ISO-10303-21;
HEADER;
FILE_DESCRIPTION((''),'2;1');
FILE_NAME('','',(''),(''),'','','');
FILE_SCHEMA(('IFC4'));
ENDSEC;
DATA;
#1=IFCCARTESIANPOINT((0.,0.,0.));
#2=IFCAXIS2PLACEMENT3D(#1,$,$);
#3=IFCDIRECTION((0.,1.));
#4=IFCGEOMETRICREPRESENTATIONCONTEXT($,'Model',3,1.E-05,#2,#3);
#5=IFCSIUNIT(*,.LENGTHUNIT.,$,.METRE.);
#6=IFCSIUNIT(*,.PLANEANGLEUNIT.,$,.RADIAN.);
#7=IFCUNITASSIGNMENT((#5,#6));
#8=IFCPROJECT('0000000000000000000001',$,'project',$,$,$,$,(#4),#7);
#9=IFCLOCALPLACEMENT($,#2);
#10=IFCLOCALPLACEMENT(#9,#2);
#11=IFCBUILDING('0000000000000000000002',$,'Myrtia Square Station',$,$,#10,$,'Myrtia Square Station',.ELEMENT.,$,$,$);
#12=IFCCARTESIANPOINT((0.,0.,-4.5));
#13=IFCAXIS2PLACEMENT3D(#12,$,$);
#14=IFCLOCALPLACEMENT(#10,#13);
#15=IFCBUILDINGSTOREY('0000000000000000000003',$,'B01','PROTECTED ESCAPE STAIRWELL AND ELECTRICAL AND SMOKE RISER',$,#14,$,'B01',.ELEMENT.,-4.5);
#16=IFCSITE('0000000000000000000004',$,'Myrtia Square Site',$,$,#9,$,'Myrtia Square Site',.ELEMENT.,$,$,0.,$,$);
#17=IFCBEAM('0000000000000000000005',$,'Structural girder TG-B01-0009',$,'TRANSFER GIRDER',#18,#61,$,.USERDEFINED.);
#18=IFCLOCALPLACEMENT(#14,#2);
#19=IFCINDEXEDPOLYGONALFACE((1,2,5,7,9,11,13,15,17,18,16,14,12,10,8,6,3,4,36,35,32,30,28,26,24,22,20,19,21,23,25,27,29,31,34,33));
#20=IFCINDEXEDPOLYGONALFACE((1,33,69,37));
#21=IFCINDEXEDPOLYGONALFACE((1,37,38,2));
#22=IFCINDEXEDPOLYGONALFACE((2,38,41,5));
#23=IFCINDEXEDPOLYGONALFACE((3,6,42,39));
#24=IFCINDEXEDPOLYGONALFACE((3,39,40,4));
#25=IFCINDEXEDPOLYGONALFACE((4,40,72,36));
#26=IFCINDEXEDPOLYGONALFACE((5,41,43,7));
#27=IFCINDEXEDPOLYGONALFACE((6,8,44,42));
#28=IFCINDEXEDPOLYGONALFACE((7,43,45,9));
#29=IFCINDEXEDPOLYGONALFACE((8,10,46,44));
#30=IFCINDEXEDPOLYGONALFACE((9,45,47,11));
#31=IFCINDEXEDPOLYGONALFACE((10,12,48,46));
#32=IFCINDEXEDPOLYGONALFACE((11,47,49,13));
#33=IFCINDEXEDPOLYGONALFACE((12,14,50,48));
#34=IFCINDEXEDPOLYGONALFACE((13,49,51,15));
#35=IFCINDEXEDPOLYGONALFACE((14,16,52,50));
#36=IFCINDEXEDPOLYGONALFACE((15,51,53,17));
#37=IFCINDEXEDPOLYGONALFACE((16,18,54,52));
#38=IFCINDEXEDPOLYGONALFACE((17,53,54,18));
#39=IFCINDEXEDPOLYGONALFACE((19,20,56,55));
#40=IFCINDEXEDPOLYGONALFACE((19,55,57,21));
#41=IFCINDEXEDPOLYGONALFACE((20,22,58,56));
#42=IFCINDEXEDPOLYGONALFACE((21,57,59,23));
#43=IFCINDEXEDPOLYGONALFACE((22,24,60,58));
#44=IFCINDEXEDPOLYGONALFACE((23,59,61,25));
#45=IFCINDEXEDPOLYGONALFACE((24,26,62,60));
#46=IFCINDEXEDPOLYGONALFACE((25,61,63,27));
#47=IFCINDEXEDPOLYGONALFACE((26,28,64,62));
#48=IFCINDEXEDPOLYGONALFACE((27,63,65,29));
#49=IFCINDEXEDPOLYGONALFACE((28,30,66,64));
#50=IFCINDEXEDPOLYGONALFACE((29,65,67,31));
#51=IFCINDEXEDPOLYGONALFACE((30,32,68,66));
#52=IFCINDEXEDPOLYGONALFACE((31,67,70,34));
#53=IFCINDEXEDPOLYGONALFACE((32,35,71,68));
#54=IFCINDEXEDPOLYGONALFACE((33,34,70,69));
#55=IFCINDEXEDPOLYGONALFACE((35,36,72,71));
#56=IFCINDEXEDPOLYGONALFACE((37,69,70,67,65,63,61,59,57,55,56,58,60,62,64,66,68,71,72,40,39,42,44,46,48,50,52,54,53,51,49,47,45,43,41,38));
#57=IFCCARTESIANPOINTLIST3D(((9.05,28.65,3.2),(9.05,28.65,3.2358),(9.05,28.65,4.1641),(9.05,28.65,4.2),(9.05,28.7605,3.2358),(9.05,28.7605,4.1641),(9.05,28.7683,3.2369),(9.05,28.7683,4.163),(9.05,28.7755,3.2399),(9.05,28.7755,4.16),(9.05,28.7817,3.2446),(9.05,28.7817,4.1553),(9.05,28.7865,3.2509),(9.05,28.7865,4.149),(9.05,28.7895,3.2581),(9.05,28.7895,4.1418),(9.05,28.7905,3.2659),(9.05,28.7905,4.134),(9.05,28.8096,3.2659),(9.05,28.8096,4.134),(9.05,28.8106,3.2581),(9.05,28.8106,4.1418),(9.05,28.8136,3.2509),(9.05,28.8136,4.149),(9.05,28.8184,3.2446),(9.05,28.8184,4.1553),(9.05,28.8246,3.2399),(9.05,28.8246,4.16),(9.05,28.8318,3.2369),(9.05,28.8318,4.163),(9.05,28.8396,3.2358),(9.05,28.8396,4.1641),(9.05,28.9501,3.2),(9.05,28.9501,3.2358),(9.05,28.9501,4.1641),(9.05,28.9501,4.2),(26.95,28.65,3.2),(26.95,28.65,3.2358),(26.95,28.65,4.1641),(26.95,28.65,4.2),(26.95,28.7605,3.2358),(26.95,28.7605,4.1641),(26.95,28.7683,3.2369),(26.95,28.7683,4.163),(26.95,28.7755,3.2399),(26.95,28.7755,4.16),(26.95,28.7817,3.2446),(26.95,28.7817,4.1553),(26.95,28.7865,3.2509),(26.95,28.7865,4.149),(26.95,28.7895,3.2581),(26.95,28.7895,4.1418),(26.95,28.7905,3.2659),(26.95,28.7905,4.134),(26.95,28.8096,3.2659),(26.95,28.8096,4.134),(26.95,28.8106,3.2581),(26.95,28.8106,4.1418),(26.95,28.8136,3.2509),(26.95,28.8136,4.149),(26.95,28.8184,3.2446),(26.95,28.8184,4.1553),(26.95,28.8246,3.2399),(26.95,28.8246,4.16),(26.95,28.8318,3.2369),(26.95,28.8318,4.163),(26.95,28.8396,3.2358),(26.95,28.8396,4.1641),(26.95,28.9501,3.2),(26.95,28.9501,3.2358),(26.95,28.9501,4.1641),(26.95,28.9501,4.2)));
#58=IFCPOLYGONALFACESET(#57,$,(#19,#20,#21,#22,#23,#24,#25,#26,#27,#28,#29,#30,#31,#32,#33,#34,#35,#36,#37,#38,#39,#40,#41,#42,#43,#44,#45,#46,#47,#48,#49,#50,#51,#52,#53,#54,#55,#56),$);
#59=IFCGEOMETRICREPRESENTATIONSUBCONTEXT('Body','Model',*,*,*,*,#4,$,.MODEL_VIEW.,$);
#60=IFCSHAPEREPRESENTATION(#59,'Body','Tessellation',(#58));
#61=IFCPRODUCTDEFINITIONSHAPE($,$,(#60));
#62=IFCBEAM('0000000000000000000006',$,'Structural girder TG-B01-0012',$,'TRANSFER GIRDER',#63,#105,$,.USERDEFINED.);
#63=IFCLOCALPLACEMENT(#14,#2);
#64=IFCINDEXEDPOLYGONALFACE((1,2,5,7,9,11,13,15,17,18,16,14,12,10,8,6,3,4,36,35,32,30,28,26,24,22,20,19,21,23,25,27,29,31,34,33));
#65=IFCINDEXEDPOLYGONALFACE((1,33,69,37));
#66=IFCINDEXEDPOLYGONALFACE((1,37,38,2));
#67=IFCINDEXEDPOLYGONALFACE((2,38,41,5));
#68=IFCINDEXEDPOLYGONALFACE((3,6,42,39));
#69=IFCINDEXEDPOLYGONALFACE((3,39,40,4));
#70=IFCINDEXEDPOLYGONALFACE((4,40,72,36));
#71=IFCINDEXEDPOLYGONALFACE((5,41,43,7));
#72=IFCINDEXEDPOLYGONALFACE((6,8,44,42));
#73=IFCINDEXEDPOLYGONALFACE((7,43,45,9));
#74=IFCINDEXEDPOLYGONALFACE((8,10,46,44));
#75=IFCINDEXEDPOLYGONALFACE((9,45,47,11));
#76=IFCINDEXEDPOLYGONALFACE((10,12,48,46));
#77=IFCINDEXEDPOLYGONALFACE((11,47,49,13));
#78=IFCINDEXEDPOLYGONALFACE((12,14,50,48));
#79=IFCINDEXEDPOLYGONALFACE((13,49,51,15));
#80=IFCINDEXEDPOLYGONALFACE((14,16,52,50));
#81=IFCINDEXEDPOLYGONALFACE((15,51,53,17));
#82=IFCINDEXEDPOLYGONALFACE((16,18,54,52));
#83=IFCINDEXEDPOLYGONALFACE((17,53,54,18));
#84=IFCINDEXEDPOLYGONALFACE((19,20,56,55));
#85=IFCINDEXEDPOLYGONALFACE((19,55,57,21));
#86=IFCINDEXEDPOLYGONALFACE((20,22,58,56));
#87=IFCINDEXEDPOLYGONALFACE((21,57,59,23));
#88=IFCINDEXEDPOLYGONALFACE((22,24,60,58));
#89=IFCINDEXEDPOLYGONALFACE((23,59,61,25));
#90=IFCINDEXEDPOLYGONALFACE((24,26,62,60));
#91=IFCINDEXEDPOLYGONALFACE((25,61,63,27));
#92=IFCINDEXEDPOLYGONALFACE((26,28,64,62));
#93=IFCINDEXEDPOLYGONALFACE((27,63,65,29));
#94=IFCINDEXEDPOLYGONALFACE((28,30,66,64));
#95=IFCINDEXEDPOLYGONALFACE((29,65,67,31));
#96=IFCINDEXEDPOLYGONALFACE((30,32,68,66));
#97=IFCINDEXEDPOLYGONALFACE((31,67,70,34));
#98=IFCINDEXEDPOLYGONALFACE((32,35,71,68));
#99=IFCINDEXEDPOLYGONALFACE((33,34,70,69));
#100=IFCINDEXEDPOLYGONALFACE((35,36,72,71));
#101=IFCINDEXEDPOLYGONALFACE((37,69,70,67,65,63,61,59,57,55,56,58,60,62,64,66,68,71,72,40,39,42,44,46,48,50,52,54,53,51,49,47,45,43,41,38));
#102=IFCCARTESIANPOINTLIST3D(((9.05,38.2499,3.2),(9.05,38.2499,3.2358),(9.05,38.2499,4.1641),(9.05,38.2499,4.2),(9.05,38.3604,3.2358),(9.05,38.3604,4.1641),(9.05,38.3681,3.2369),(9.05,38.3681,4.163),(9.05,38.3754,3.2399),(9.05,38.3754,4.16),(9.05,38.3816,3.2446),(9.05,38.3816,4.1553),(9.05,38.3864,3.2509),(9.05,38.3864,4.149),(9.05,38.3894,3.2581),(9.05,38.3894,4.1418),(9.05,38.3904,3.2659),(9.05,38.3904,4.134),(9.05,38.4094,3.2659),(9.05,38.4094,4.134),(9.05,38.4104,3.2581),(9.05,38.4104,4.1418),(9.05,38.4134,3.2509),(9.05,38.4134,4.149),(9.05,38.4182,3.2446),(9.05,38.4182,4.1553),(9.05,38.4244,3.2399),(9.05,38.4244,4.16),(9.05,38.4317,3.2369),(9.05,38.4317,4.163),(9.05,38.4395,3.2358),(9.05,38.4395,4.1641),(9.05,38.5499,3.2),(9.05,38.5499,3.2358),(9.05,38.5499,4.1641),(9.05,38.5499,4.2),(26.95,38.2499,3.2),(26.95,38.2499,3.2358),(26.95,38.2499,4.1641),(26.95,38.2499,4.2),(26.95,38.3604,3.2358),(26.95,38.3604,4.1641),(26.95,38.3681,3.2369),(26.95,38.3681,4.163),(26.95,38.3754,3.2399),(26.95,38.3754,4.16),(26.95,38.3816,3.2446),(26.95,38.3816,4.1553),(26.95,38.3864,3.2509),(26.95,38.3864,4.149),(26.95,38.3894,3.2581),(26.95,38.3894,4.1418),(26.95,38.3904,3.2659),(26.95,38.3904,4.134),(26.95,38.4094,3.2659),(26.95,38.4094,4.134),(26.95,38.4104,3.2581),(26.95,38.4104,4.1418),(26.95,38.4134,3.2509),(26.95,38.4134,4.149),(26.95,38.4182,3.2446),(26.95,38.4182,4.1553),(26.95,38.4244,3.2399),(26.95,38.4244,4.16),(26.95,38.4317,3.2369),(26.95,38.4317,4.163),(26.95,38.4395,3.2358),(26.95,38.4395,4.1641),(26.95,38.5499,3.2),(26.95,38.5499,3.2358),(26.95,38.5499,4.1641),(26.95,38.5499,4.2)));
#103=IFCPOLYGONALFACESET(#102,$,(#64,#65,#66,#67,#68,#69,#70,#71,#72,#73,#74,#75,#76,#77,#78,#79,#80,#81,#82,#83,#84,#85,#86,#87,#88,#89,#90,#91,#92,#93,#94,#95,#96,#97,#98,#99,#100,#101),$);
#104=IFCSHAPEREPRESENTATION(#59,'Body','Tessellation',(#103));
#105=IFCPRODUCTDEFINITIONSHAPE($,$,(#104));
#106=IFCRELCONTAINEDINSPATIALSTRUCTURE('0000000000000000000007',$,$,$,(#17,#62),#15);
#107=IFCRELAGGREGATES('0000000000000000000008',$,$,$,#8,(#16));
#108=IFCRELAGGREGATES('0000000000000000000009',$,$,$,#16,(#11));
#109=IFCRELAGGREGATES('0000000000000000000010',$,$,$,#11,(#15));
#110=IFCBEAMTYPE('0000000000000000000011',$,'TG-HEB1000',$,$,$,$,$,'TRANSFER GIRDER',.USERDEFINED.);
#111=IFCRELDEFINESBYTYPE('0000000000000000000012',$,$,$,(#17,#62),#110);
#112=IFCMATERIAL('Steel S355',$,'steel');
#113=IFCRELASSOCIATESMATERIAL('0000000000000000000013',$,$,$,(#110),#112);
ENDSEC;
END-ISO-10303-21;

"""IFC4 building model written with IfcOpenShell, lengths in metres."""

from ifc_helpers import new_model, si_unit, direction, frame, origin, origin_2d, place, context, subcontext, project, spatial, i_section, extrude, material, material_profile, profile_set, type_object, element, save


model = new_model("IFC4")

# Units and contexts
model_context = context("Model", 3, precision=1e-05, world=origin(), true_north=direction((0.0, 1.0)))
body_context = subcontext(model_context, "Body", "Model", "MODEL_VIEW")
ifc_project = project(units=[si_unit("LENGTHUNIT", "METRE"), si_unit("PLANEANGLEUNIT", "RADIAN")], contexts=[model_context])

# Site, building, storey
site_placement = place(None, origin())
site = spatial("IfcSite", under=ifc_project, at=site_placement, Name="Myrtia Square Site", LongName="Myrtia Square Site", CompositionType="ELEMENT", RefElevation=0.0)
building_placement = place(site_placement, origin())
building = spatial("IfcBuilding", under=site, at=building_placement, Name="Myrtia Square Station", LongName="Myrtia Square Station", CompositionType="ELEMENT")
storey_placement = place(building_placement, frame((0.0, 0.0, -4.5)))
storey = spatial("IfcBuildingStorey", under=building, at=storey_placement, Name="B01", Description="PROTECTED ESCAPE STAIRWELL AND ELECTRICAL AND SMOKE RISER", LongName="B01", CompositionType="ELEMENT", Elevation=-4.5)

# Shared definitions
ifc_material_1 = material(Name="Steel S355", Category="steel")

# Beams
ifc_material_profile_1 = material_profile(ifc_material_1, i_section(OverallWidth=0.3, OverallDepth=1.0, WebThickness=0.019, FlangeThickness=0.0359, FilletRadius=0.03, at=origin_2d()), Name="HEB 1000")
ifc_profile_set_1 = profile_set([ifc_material_profile_1], Name="Steel S355")
beam_type_1 = type_object("IfcBeamType", Name="TG-HEB1000", ElementType="TRANSFER GIRDER", PredefinedType="USERDEFINED", material=ifc_profile_set_1)
for number, where, z_axis, x_axis, name in (
    (1, (9.05, 28.8, 3.7), (1.0, 0.0, 0.0), (0.0, 1.0, 0.0), "Structural girder TG-B01-0009"),
    (2, (9.05, 38.3999, 3.7), (1.0, 0.0, 0.0), (0.0, 1.0, 0.0), "Structural girder TG-B01-0012"),
):
    element("IfcBeam", number, at=place(storey_placement, frame(where, z_axis=z_axis, x_axis=x_axis)), inside=storey, type_object=beam_type_1, Name=name, ObjectType="TRANSFER GIRDER", PredefinedType="USERDEFINED", context=body_context, shape_type="SweptSolid", body=[
        extrude(i_section(OverallWidth=0.3, OverallDepth=1.0, WebThickness=0.019, FlangeThickness=0.0359, FilletRadius=0.03, at=origin_2d()), origin(), (0.0, 0.0, 1.0), 17.8999),
    ])

save(model, "model.ifc")
